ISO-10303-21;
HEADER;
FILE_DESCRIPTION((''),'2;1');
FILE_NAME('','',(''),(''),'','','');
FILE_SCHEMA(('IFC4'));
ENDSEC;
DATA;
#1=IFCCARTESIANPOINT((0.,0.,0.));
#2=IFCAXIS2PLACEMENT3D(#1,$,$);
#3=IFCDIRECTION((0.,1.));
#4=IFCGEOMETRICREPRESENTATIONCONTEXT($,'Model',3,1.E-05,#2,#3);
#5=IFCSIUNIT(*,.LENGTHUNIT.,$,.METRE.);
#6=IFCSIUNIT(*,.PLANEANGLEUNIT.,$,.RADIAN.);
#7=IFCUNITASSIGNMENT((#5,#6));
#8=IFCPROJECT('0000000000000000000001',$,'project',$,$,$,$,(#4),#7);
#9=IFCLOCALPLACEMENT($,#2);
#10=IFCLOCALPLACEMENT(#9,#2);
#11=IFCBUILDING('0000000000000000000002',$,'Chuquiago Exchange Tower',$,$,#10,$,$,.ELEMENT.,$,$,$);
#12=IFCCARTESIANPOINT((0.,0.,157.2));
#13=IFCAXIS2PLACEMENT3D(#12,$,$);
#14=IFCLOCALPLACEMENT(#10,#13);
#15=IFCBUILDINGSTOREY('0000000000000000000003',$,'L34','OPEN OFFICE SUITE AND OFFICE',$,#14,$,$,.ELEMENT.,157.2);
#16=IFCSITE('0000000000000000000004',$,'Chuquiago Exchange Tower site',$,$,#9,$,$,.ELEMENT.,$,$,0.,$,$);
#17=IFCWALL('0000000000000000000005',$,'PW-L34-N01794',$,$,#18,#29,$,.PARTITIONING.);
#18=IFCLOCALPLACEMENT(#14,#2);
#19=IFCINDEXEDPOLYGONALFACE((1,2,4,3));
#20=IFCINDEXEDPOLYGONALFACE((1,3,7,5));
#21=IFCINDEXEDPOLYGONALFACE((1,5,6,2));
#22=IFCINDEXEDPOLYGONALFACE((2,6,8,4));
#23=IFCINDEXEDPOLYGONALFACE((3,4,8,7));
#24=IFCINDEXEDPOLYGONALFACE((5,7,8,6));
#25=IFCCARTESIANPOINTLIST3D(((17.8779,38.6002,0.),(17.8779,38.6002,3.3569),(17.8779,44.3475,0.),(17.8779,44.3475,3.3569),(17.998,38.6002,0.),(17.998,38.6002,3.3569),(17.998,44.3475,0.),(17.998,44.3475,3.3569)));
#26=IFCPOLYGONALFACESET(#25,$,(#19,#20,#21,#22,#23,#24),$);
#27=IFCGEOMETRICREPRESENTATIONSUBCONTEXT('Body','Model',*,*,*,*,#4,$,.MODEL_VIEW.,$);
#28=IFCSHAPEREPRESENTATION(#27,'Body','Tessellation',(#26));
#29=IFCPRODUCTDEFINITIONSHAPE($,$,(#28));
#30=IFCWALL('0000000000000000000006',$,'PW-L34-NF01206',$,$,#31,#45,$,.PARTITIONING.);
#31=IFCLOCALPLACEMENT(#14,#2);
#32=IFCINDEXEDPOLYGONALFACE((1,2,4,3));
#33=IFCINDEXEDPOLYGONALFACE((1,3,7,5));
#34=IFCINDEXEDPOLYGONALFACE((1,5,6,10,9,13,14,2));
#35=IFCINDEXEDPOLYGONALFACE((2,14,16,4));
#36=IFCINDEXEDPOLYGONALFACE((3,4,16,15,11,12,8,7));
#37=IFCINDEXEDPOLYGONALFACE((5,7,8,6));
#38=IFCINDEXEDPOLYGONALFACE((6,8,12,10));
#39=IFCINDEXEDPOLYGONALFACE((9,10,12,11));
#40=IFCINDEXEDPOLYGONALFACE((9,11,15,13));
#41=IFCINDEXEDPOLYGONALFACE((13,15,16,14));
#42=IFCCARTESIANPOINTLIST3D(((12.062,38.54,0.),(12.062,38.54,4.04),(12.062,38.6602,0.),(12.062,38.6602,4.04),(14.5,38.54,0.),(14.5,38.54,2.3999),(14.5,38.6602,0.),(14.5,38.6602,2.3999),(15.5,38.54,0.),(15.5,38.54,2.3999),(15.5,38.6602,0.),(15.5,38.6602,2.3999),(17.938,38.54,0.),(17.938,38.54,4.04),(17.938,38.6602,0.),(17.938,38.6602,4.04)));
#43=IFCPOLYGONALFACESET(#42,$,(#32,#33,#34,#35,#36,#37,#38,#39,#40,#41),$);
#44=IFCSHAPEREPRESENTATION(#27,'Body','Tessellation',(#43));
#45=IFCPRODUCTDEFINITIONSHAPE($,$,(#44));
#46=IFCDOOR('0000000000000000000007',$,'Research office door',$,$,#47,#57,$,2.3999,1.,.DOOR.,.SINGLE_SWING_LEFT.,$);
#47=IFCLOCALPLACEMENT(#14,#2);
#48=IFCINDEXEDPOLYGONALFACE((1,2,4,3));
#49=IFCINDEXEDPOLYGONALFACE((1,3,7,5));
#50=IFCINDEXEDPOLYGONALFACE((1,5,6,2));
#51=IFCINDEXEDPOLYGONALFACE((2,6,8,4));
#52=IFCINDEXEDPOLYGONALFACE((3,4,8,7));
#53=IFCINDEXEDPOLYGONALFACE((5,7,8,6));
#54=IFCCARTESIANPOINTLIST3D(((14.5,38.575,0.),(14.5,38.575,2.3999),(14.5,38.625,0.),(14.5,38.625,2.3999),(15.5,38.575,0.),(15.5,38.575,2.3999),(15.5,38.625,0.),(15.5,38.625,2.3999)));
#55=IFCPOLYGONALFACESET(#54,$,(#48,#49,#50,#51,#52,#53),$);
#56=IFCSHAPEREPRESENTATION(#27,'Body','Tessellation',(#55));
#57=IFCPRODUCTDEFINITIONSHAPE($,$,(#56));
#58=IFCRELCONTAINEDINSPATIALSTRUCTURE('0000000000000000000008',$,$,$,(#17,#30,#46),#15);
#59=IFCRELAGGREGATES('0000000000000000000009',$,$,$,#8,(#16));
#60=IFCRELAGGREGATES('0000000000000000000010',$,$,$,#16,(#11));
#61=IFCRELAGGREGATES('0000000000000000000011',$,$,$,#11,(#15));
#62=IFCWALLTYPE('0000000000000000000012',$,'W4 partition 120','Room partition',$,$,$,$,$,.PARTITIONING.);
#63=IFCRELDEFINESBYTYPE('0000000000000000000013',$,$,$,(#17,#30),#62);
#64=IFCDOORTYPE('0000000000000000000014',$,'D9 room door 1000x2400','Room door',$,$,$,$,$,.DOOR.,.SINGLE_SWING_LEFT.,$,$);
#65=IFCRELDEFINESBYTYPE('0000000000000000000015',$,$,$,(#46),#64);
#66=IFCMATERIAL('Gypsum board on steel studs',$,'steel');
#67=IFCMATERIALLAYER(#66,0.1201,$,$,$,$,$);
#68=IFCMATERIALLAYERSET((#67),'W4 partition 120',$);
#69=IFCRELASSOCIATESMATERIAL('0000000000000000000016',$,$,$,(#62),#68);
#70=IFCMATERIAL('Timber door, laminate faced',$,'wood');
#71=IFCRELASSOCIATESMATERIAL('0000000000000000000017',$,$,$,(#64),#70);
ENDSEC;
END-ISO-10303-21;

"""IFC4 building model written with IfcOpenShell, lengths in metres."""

from ifc_helpers import new_model, si_unit, direction, frame, frame_2d, origin, place, context, subcontext, project, spatial, rectangle, extrude, material, layer, layer_set, type_object, element, fill, save


model = new_model("IFC4")

# Units and contexts
model_context = context("Model", 3, precision=1e-05, world=origin(), true_north=direction((0.0, 1.0)))
body_context = subcontext(model_context, "Body", "Model", "MODEL_VIEW")
ifc_project = project(units=[si_unit("LENGTHUNIT", "METRE"), si_unit("PLANEANGLEUNIT", "RADIAN")], contexts=[model_context])

# Site, building, storey
site_placement = place(None, origin())
site = spatial("IfcSite", under=ifc_project, at=site_placement, Name="Chuquiago Exchange Tower site", CompositionType="ELEMENT", RefElevation=0.0)
building_placement = place(site_placement, origin())
building = spatial("IfcBuilding", under=site, at=building_placement, Name="Chuquiago Exchange Tower", CompositionType="ELEMENT")
storey_placement = place(building_placement, frame((0.0, 0.0, 157.2)))
storey = spatial("IfcBuildingStorey", under=building, at=storey_placement, Name="L34", Description="OPEN OFFICE SUITE AND OFFICE", CompositionType="ELEMENT", Elevation=157.2)

# Wall
ifc_material_1 = material(Name="Gypsum board on steel studs", Category="steel")
ifc_layer_1 = layer(ifc_material_1, 0.1201)
ifc_layer_set_1 = layer_set([ifc_layer_1], Name="W4 partition 120")
wall_type_1 = type_object("IfcWallType", Name="W4 partition 120", Description="Room partition", PredefinedType="PARTITIONING", material=ifc_layer_set_1)
wall_1_placement = place(storey_placement, frame((17.938, 44.3474, 0.0), z_axis=(0.0, 0.0, 1.0), x_axis=(0.0, -1.0, 0.0)))
element("IfcWall", 1, at=wall_1_placement, inside=storey, type_object=wall_type_1, Name="PW-L34-N01794", PredefinedType="PARTITIONING", context=body_context, shape_type="SweptSolid", body=[
    extrude(rectangle(XDim=5.7473, YDim=0.1201, at=frame_2d((2.8735, 0.0))), origin(), (0.0, 0.0, 1.0), 3.3569),
])

# Wall, opening, door
wall_2_placement = place(storey_placement, frame((12.062, 38.6001, 0.0), z_axis=(0.0, 0.0, 1.0), x_axis=(1.0, 0.0, 0.0)))
wall_2 = element("IfcWall", 2, at=wall_2_placement, inside=storey, type_object=wall_type_1, Name="PW-L34-NF01206", PredefinedType="PARTITIONING", context=body_context, shape_type="SweptSolid", body=[
    extrude(rectangle(XDim=5.876, YDim=0.1201, at=frame_2d((2.938, 0.0))), origin(), (0.0, 0.0, 1.0), 4.04),
])
opening_1_placement = place(wall_2_placement, frame((2.438, 0.0, 0.0)))
opening_1 = element("IfcOpeningElement", 3, at=opening_1_placement, cuts=wall_2, PredefinedType="OPENING", context=body_context, shape_type="SweptSolid", body=[
    extrude(rectangle(XDim=1.0, YDim=2.3999, at=frame_2d((0.5, 1.2))), frame((0.0, 0.0701, 0.0), z_axis=(0.0, -1.0, 0.0), x_axis=(1.0, 0.0, 0.0)), (0.0, 0.0, 1.0), 0.1401),
])
ifc_material_2 = material(Name="Timber door, laminate faced", Category="wood")
door_type_1 = type_object("IfcDoorType", Name="D9 room door 1000x2400", Description="Room door", OperationType="SINGLE_SWING_LEFT", PredefinedType="DOOR", material=ifc_material_2)
door_1_placement = place(opening_1_placement, origin())
door_1 = element("IfcDoor", 4, at=door_1_placement, inside=storey, type_object=door_type_1, Name="Research office door", OperationType="SINGLE_SWING_LEFT", OverallHeight=2.3999, OverallWidth=1.0, PredefinedType="DOOR", context=body_context, shape_type="SweptSolid", body=[
    extrude(rectangle(XDim=1.0, YDim=2.3999, at=frame_2d((0.5, 1.2))), frame((0.0, 0.0249, 0.0), z_axis=(0.0, -1.0, 0.0), x_axis=(1.0, 0.0, 0.0)), (0.0, 0.0, 1.0), 0.05),
])
fill(opening_1, door_1)

save(model, "model.ifc")
